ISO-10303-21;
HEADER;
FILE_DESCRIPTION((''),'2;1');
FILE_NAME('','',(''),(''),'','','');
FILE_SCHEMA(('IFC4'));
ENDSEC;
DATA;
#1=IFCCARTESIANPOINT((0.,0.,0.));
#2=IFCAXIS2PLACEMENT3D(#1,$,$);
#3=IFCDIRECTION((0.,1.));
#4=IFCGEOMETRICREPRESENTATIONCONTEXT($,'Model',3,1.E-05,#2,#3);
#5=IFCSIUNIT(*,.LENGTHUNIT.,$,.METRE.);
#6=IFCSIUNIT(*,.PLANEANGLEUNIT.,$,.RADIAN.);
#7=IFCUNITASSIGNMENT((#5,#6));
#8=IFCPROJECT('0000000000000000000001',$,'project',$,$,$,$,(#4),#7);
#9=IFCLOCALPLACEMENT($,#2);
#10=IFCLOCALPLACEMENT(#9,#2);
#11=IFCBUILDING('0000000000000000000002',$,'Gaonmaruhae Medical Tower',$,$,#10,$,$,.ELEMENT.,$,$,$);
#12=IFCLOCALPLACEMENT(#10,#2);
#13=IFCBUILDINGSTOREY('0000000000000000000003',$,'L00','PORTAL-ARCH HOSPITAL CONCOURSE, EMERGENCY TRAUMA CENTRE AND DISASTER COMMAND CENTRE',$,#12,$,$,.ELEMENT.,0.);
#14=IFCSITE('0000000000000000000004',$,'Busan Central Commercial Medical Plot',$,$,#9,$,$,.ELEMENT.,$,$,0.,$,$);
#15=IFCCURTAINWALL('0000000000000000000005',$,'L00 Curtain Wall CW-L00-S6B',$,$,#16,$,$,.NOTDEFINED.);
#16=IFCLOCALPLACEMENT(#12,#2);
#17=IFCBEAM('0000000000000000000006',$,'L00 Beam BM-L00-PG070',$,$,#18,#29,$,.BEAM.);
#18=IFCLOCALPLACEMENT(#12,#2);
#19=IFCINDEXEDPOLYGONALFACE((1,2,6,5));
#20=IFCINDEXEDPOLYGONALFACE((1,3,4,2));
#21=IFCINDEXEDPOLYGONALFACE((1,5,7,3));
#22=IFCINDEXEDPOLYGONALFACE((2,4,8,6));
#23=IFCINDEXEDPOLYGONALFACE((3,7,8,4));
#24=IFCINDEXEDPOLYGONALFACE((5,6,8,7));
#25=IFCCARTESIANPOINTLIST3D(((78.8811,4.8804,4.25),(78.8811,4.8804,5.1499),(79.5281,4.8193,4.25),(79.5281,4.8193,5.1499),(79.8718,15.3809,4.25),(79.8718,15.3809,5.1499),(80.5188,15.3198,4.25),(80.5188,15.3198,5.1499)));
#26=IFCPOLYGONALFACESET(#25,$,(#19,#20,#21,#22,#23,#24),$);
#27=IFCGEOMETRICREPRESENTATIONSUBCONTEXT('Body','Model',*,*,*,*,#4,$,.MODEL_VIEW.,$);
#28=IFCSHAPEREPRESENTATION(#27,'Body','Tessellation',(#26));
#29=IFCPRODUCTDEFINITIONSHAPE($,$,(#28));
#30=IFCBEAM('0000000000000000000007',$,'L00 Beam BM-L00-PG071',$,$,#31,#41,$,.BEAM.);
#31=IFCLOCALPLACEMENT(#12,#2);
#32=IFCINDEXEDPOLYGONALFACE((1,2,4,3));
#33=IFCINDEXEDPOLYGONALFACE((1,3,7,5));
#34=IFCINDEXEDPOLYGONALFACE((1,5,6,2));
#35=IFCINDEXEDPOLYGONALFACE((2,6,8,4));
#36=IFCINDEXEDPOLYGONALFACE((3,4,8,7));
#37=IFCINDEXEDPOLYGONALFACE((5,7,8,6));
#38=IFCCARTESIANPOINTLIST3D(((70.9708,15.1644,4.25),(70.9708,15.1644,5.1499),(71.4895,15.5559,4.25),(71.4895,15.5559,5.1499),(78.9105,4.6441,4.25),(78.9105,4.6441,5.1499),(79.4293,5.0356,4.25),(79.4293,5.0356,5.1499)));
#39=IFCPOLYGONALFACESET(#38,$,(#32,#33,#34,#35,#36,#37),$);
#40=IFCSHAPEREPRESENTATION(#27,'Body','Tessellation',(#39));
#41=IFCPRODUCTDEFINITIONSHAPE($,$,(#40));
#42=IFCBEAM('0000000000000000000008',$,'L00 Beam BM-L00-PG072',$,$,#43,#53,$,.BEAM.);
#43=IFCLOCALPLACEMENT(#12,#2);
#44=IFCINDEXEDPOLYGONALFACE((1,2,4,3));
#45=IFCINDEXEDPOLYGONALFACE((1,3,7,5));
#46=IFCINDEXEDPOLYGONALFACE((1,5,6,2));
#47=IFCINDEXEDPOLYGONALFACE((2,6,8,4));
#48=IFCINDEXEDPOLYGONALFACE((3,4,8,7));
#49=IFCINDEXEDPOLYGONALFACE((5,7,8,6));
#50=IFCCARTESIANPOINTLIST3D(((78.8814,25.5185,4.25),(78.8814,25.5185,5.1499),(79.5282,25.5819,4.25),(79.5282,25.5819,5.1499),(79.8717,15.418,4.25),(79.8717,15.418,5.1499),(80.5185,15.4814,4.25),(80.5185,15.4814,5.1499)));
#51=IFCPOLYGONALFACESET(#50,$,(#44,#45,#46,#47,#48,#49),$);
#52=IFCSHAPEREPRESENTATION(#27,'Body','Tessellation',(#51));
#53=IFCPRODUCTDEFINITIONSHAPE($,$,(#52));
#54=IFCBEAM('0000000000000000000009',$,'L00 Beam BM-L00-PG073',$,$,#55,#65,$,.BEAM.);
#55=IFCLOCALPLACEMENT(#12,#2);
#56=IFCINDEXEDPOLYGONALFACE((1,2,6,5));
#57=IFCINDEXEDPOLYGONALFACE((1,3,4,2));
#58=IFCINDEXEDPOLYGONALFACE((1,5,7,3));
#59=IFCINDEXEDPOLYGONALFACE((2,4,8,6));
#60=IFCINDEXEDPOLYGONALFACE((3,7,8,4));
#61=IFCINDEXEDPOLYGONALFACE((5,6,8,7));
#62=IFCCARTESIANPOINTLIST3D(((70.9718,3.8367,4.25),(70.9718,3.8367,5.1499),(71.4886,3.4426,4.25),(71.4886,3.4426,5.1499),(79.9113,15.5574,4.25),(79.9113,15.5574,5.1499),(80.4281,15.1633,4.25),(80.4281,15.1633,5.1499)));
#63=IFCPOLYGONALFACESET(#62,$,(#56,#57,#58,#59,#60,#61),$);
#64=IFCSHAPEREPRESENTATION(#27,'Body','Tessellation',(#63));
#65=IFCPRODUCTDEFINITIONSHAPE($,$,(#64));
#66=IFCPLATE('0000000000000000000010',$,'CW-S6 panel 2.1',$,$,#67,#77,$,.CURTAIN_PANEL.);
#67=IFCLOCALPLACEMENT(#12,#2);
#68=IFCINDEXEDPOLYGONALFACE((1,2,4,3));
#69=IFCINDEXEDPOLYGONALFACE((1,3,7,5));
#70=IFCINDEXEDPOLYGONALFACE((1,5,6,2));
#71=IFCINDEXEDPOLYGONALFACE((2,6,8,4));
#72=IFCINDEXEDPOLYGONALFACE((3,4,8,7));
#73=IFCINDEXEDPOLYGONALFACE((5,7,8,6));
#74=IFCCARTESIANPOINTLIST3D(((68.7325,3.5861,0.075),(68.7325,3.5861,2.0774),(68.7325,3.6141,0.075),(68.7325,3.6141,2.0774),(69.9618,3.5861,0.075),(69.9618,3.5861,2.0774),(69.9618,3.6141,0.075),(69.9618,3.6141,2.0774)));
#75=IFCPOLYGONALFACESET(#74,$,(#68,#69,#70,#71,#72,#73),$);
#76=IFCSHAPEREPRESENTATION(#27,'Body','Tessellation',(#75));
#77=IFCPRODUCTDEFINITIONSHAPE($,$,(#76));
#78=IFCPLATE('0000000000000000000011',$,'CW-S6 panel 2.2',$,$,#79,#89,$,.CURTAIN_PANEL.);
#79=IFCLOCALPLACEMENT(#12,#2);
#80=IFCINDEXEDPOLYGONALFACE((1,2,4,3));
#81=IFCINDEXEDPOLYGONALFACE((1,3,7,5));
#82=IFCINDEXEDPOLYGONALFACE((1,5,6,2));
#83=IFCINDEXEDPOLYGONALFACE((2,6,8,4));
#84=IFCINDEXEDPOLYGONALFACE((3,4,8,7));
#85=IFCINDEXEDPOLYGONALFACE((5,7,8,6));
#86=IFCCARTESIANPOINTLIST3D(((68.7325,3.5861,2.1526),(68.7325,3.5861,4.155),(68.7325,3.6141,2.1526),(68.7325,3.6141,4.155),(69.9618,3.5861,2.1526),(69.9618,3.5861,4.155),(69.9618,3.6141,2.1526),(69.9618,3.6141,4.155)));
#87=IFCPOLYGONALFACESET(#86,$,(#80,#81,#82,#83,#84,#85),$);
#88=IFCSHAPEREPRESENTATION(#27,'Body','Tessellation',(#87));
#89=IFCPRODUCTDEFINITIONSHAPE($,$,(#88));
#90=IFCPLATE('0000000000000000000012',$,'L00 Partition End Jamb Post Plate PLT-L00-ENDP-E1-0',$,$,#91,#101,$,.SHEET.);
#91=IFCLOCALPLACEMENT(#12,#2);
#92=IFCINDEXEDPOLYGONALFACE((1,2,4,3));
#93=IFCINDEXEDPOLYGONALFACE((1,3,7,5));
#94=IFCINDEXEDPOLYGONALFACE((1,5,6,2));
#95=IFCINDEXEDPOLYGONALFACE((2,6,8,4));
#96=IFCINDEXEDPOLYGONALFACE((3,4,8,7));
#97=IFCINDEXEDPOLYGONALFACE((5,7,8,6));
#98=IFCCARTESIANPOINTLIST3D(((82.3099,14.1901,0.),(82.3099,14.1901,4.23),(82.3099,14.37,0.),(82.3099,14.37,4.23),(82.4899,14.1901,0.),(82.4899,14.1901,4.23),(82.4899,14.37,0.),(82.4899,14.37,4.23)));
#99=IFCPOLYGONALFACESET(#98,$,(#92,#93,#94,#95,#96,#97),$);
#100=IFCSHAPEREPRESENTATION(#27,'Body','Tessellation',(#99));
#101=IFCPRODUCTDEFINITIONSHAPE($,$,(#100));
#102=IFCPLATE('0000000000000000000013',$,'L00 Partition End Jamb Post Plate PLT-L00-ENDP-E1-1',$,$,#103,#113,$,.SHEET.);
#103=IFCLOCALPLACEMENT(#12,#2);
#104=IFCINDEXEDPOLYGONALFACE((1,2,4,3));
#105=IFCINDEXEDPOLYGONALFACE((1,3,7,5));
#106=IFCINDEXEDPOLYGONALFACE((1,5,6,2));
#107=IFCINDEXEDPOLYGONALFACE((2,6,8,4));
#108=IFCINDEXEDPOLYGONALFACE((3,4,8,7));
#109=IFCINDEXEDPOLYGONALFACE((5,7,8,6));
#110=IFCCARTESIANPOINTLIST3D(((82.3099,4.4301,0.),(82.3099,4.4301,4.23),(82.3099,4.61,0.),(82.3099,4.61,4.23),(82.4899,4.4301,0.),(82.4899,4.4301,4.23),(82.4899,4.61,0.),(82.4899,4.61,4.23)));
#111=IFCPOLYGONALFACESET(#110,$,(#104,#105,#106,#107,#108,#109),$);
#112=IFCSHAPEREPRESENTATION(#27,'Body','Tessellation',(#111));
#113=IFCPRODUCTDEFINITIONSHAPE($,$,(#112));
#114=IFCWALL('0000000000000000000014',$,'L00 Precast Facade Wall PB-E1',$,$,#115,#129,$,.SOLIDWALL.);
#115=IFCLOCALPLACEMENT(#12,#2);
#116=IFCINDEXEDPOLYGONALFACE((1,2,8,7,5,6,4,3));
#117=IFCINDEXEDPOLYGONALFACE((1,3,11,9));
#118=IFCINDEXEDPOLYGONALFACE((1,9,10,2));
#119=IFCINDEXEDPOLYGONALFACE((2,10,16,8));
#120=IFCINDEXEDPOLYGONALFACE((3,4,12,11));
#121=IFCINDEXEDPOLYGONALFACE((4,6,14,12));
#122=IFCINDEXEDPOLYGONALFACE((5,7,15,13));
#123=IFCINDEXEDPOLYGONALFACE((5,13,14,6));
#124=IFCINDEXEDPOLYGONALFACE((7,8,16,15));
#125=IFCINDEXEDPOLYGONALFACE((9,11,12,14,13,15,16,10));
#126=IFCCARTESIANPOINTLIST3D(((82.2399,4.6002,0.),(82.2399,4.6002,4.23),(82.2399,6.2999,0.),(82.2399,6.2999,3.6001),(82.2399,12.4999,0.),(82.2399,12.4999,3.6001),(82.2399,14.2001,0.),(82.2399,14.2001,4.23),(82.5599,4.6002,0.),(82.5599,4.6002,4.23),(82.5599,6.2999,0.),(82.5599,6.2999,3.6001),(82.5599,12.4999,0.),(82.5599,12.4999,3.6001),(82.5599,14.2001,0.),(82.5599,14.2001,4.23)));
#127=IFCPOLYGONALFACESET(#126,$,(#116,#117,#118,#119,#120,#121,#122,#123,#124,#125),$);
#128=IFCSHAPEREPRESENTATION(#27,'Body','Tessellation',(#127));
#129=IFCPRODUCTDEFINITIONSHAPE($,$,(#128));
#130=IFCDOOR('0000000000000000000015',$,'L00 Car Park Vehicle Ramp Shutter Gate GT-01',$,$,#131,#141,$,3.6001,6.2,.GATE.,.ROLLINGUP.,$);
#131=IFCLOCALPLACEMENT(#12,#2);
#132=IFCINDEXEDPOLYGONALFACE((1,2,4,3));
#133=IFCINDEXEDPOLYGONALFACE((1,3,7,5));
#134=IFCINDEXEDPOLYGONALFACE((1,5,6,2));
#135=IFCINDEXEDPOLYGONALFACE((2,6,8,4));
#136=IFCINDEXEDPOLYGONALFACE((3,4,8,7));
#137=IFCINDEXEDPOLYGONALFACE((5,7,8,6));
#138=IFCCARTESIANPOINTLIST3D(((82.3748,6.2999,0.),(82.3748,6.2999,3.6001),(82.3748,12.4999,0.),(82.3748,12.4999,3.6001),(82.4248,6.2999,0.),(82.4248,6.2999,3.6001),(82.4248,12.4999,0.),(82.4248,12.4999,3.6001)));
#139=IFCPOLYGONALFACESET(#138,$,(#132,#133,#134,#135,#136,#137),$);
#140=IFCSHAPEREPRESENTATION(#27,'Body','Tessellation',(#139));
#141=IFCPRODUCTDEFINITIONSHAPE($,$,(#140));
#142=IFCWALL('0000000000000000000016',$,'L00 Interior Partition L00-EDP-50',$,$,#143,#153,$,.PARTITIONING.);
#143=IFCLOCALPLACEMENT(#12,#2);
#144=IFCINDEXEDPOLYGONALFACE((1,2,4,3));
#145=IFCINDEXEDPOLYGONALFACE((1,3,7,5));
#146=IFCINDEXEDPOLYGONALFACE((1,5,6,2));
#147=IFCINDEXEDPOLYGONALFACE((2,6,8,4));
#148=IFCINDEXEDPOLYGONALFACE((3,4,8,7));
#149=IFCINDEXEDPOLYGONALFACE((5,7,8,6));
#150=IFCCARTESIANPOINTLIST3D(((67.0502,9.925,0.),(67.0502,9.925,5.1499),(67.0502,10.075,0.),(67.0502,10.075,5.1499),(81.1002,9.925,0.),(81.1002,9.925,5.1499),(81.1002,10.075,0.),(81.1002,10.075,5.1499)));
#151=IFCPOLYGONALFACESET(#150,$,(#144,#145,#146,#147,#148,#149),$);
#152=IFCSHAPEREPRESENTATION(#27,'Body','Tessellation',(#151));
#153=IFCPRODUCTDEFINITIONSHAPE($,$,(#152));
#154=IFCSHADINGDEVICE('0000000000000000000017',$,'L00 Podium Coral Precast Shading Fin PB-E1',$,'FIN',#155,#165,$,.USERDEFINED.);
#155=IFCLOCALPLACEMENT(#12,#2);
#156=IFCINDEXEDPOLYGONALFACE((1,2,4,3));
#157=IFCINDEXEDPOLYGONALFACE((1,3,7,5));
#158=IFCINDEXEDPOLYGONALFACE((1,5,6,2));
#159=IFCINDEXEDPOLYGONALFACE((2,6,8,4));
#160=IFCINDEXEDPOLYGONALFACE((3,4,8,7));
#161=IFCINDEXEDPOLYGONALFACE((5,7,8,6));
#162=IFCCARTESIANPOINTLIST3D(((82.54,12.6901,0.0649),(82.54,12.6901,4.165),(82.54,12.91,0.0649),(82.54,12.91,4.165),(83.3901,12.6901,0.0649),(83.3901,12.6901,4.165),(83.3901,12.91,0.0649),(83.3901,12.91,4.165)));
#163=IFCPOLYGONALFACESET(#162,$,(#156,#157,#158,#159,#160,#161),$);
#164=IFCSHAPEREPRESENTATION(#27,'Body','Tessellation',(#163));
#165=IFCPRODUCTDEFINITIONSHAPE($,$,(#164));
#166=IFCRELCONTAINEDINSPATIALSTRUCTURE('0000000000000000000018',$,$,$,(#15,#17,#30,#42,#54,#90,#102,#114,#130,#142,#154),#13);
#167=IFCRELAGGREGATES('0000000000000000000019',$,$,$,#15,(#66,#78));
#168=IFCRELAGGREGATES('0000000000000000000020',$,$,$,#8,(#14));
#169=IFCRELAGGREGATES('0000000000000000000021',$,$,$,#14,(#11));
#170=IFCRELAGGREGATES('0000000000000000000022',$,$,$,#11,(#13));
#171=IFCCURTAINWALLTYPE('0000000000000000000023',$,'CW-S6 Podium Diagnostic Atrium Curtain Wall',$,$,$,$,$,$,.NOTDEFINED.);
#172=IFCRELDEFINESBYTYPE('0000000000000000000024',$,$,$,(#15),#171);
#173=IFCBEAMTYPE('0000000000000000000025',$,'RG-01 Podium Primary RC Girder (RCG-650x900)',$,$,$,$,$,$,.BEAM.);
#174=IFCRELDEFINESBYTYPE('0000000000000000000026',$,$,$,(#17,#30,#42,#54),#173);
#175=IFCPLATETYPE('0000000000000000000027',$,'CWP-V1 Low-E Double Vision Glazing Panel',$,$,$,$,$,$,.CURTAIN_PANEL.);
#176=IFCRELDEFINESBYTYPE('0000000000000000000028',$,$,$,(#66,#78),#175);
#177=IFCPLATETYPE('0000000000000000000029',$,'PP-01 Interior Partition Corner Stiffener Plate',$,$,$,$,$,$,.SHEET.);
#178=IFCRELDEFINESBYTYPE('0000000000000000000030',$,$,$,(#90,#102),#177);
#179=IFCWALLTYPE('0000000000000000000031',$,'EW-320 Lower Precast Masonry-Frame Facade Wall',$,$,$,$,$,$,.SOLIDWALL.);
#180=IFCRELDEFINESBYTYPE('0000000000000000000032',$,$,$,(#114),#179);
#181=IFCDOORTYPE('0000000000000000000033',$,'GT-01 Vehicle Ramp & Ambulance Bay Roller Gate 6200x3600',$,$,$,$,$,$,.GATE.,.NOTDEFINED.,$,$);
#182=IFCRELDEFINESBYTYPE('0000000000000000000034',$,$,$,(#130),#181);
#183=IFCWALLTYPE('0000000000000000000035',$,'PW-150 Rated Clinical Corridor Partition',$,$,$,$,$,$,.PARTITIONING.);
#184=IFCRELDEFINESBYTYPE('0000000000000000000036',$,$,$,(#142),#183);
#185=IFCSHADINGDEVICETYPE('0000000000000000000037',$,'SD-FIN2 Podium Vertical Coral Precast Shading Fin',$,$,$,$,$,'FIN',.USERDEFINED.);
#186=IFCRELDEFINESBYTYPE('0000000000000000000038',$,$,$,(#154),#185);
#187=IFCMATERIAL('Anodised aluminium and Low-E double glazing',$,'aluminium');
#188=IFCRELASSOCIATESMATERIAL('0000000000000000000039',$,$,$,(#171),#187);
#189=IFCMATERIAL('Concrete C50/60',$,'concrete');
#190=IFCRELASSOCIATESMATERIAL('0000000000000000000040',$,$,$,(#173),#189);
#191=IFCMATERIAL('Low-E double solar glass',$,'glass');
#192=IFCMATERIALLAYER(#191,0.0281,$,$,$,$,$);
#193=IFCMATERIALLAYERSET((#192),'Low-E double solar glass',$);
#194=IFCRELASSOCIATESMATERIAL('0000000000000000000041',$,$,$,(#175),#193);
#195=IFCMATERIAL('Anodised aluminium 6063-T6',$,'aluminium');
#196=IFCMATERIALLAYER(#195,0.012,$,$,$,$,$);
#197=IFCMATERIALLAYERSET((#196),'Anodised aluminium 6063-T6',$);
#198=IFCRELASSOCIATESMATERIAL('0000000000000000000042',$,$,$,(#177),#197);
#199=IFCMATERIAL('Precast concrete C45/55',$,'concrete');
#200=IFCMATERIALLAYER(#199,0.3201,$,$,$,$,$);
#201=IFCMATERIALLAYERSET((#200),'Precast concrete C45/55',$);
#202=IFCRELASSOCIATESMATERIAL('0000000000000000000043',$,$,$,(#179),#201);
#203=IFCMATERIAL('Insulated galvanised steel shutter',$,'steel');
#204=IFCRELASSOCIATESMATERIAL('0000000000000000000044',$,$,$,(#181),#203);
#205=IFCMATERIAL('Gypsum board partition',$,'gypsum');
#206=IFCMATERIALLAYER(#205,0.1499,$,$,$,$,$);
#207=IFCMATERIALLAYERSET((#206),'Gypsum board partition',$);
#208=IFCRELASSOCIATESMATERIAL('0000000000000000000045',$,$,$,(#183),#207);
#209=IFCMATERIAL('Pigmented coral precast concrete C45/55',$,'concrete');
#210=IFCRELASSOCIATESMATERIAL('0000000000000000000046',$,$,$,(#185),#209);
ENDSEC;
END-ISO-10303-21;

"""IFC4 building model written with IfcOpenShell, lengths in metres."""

from ifc_helpers import new_model, si_unit, direction, frame, frame_2d, origin, origin_2d, place, context, subcontext, project, spatial, rectangle, extrude, material, layer, layer_set, material_profile, profile_set, type_object, element, fill, aggregate, save


model = new_model("IFC4")

# Units and contexts
model_context = context("Model", 3, precision=1e-05, world=origin(), true_north=direction((0.0, 1.0)))
body_context = subcontext(model_context, "Body", "Model", "MODEL_VIEW")
ifc_project = project(units=[si_unit("LENGTHUNIT", "METRE"), si_unit("PLANEANGLEUNIT", "RADIAN")], contexts=[model_context])

# Site, building, storey
site_placement = place(None, origin())
site = spatial("IfcSite", under=ifc_project, at=site_placement, Name="Busan Central Commercial Medical Plot", CompositionType="ELEMENT", RefElevation=0.0)
building_placement = place(site_placement, origin())
building = spatial("IfcBuilding", under=site, at=building_placement, Name="Gaonmaruhae Medical Tower", CompositionType="ELEMENT")
storey_placement = place(building_placement, origin())
storey = spatial("IfcBuildingStorey", under=building, at=storey_placement, Name="L00", Description="PORTAL-ARCH HOSPITAL CONCOURSE, EMERGENCY TRAUMA CENTRE AND DISASTER COMMAND CENTRE", CompositionType="ELEMENT", Elevation=0.0)

# Shared definitions
ifc_material_1 = material(Name="Concrete C50/60", Category="concrete")

# Curtain wall
ifc_material_2 = material(Name="Anodised aluminium and Low-E double glazing", Category="aluminium")
curtain_wall_type = type_object("IfcCurtainWallType", Name="CW-S6 Podium Diagnostic Atrium Curtain Wall", PredefinedType="NOTDEFINED", material=ifc_material_2)
curtain_wall_placement = place(storey_placement, origin())
curtain_wall = element("IfcCurtainWall", 1, at=curtain_wall_placement, inside=storey, type_object=curtain_wall_type, Name="L00 Curtain Wall CW-L00-S6B", PredefinedType="NOTDEFINED")
ifc_material_3 = material(Name="Anodised aluminium 6063-T6", Category="aluminium")

# Beams
ifc_material_profile_1 = material_profile(ifc_material_1, rectangle(XDim=0.6499, YDim=0.8999, at=origin_2d()), Name="RCG-650x900")
ifc_profile_set_1 = profile_set([ifc_material_profile_1], Name="Concrete C50/60")
beam_type = type_object("IfcBeamType", Name="RG-01 Podium Primary RC Girder (RCG-650x900)", PredefinedType="BEAM", material=ifc_profile_set_1)
beam_1_placement = place(storey_placement, frame((79.2046, 4.8499, 4.7), z_axis=(0.093933, 0.995579, 0.0), x_axis=(-0.995579, 0.093933, 0.0)))
element("IfcBeam", 2, at=beam_1_placement, inside=storey, type_object=beam_type, Name="L00 Beam BM-L00-PG070", PredefinedType="BEAM", context=body_context, shape_type="SweptSolid", body=[
    extrude(rectangle(XDim=0.6499, YDim=0.8999, at=origin_2d()), origin(), (0.0, 0.0, 1.0), 10.5471),
])
beam_2_placement = place(storey_placement, frame((79.1699, 4.8398, 4.7), z_axis=(-0.602401, 0.798194, 0.0), x_axis=(-0.798194, -0.602401, 0.0)))
element("IfcBeam", 3, at=beam_2_placement, inside=storey, type_object=beam_type, Name="L00 Beam BM-L00-PG071", PredefinedType="BEAM", context=body_context, shape_type="SweptSolid", body=[
    extrude(rectangle(XDim=0.6499, YDim=0.8999, at=origin_2d()), origin(), (0.0, 0.0, 1.0), 13.1802),
])
beam_3_placement = place(storey_placement, frame((80.1951, 15.4497, 4.7), z_axis=(-0.09757, 0.995229, 0.0), x_axis=(-0.995229, -0.09757, 0.0)))
element("IfcBeam", 4, at=beam_3_placement, inside=storey, type_object=beam_type, Name="L00 Beam BM-L00-PG072", PredefinedType="BEAM", context=body_context, shape_type="SweptSolid", body=[
    extrude(rectangle(XDim=0.6499, YDim=0.8999, at=origin_2d()), origin(), (0.0, 0.0, 1.0), 10.1489),
])
beam_4_placement = place(storey_placement, frame((80.1697, 15.3604, 4.7), z_axis=(-0.606446, -0.795124, 0.0), x_axis=(0.795124, -0.606446, 0.0)))
element("IfcBeam", 5, at=beam_4_placement, inside=storey, type_object=beam_type, Name="L00 Beam BM-L00-PG073", PredefinedType="BEAM", context=body_context, shape_type="SweptSolid", body=[
    extrude(rectangle(XDim=0.6499, YDim=0.8999, at=origin_2d()), origin(), (0.0, 0.0, 1.0), 14.7407),
])

# Plates
ifc_material_4 = material(Name="Low-E double solar glass", Category="glass")
ifc_layer_1 = layer(ifc_material_4, 0.0281)
ifc_layer_set_1 = layer_set([ifc_layer_1], Name="Low-E double solar glass")
plate_type_1 = type_object("IfcPlateType", Name="CWP-V1 Low-E Double Vision Glazing Panel", PredefinedType="CURTAIN_PANEL", material=ifc_layer_set_1)
plate_1_placement = place(storey_placement, frame((69.3472, 3.6001, 0.075), z_axis=(0.0, 0.0, 1.0), x_axis=(1.0, 0.0, 0.0)))
plate_1 = element("IfcPlate", 6, at=plate_1_placement, type_object=plate_type_1, Name="CW-S6 panel 2.1", PredefinedType="CURTAIN_PANEL", context=body_context, shape_type="SweptSolid", body=[
    extrude(rectangle(XDim=1.2292, YDim=0.0281, at=origin_2d()), origin(), (0.0, 0.0, 1.0), 2.0024),
])
plate_2_placement = place(storey_placement, frame((69.3472, 3.6001, 2.1526), z_axis=(0.0, 0.0, 1.0), x_axis=(1.0, 0.0, 0.0)))
plate_2 = element("IfcPlate", 7, at=plate_2_placement, type_object=plate_type_1, Name="CW-S6 panel 2.2", PredefinedType="CURTAIN_PANEL", context=body_context, shape_type="SweptSolid", body=[
    extrude(rectangle(XDim=1.2292, YDim=0.0281, at=origin_2d()), origin(), (0.0, 0.0, 1.0), 2.0024),
])
aggregate(curtain_wall, [plate_1, plate_2])

# Plates
ifc_layer_2 = layer(ifc_material_3, 0.012)
ifc_layer_set_2 = layer_set([ifc_layer_2], Name="Anodised aluminium 6063-T6")
plate_type_2 = type_object("IfcPlateType", Name="PP-01 Interior Partition Corner Stiffener Plate", PredefinedType="SHEET", material=ifc_layer_set_2)
for number, where, z_axis, x_axis, name in (
    (8, (82.3999, 14.28, 0.0), (0.0, 0.0, 1.0), (0.0, -1.0, 0.0), "L00 Partition End Jamb Post Plate PLT-L00-ENDP-E1-0"),
    (9, (82.3999, 4.52, 0.0), (0.0, 0.0, 1.0), (0.0, -1.0, 0.0), "L00 Partition End Jamb Post Plate PLT-L00-ENDP-E1-1"),
):
    element("IfcPlate", number, at=place(storey_placement, frame(where, z_axis=z_axis, x_axis=x_axis)), inside=storey, type_object=plate_type_2, Name=name, PredefinedType="SHEET", context=body_context, shape_type="SweptSolid", body=[
        extrude(rectangle(XDim=0.1799, YDim=0.1799, at=origin_2d()), origin(), (0.0, 0.0, 1.0), 4.23),
    ])

# Wall, opening, door
ifc_material_5 = material(Name="Precast concrete C45/55", Category="concrete")
ifc_layer_3 = layer(ifc_material_5, 0.3201)
ifc_layer_set_3 = layer_set([ifc_layer_3], Name="Precast concrete C45/55")
wall_type_1 = type_object("IfcWallType", Name="EW-320 Lower Precast Masonry-Frame Facade Wall", PredefinedType="SOLIDWALL", material=ifc_layer_set_3)
wall_1_placement = place(storey_placement, frame((82.3999, 14.2, 0.0), z_axis=(0.0, 0.0, 1.0), x_axis=(0.0, -1.0, 0.0)))
wall_1 = element("IfcWall", 10, at=wall_1_placement, inside=storey, type_object=wall_type_1, Name="L00 Precast Facade Wall PB-E1", PredefinedType="SOLIDWALL", context=body_context, shape_type="SweptSolid", body=[
    extrude(rectangle(XDim=9.5999, YDim=0.3201, at=frame_2d((4.7998, 0.0))), origin(), (0.0, 0.0, 1.0), 4.23),
])
opening_placement = place(wall_1_placement, frame((1.7, 0.0, 0.0)))
opening = element("IfcOpeningElement", 11, at=opening_placement, cuts=wall_1, PredefinedType="OPENING", context=body_context, shape_type="SweptSolid", body=[
    extrude(rectangle(XDim=6.2, YDim=3.6001, at=frame_2d((3.1001, 1.8))), frame((0.0, 0.1699, 0.0), z_axis=(0.0, -1.0, 0.0), x_axis=(1.0, 0.0, 0.0)), (0.0, 0.0, 1.0), 0.3401),
])
ifc_material_6 = material(Name="Insulated galvanised steel shutter", Category="steel")
door_type = type_object("IfcDoorType", Name="GT-01 Vehicle Ramp & Ambulance Bay Roller Gate 6200x3600", OperationType="NOTDEFINED", PredefinedType="GATE", material=ifc_material_6)
door_placement = place(opening_placement, origin())
door = element("IfcDoor", 12, at=door_placement, inside=storey, type_object=door_type, Name="L00 Car Park Vehicle Ramp Shutter Gate GT-01", OperationType="ROLLINGUP", OverallHeight=3.6001, OverallWidth=6.2, PredefinedType="GATE", context=body_context, shape_type="SweptSolid", body=[
    extrude(rectangle(XDim=6.2, YDim=3.6001, at=frame_2d((3.1001, 1.8))), frame((0.0, 0.0249, 0.0), z_axis=(0.0, -1.0, 0.0), x_axis=(1.0, 0.0, 0.0)), (0.0, 0.0, 1.0), 0.05),
])
fill(opening, door)

# Wall
ifc_material_7 = material(Name="Gypsum board partition", Category="gypsum")
ifc_layer_4 = layer(ifc_material_7, 0.1499)
ifc_layer_set_4 = layer_set([ifc_layer_4], Name="Gypsum board partition")
wall_type_2 = type_object("IfcWallType", Name="PW-150 Rated Clinical Corridor Partition", PredefinedType="PARTITIONING", material=ifc_layer_set_4)
wall_2_placement = place(storey_placement, frame((81.1001, 10.0, 0.0), z_axis=(0.0, 0.0, 1.0), x_axis=(-1.0, 0.0, 0.0)))
element("IfcWall", 13, at=wall_2_placement, inside=storey, type_object=wall_type_2, Name="L00 Interior Partition L00-EDP-50", PredefinedType="PARTITIONING", context=body_context, shape_type="SweptSolid", body=[
    extrude(rectangle(XDim=14.05, YDim=0.1499, at=frame_2d((7.0249, 0.0))), origin(), (0.0, 0.0, 1.0), 5.1499),
])

# Shading device
ifc_material_8 = material(Name="Pigmented coral precast concrete C45/55", Category="concrete")
shading_device_type = type_object("IfcShadingDeviceType", Name="SD-FIN2 Podium Vertical Coral Precast Shading Fin", ElementType="FIN", PredefinedType="USERDEFINED", material=ifc_material_8)
shading_device_placement = place(storey_placement, frame((82.9651, 12.8, 0.0649), z_axis=(0.0, 0.0, 1.0), x_axis=(0.0, -1.0, 0.0)))
element("IfcShadingDevice", 14, at=shading_device_placement, inside=storey, type_object=shading_device_type, Name="L00 Podium Coral Precast Shading Fin PB-E1", ObjectType="FIN", PredefinedType="USERDEFINED", context=body_context, shape_type="SweptSolid", body=[
    extrude(rectangle(XDim=0.22, YDim=0.8501, at=origin_2d()), origin(), (0.0, 0.0, 1.0), 4.1001),
])

save(model, "model.ifc")
